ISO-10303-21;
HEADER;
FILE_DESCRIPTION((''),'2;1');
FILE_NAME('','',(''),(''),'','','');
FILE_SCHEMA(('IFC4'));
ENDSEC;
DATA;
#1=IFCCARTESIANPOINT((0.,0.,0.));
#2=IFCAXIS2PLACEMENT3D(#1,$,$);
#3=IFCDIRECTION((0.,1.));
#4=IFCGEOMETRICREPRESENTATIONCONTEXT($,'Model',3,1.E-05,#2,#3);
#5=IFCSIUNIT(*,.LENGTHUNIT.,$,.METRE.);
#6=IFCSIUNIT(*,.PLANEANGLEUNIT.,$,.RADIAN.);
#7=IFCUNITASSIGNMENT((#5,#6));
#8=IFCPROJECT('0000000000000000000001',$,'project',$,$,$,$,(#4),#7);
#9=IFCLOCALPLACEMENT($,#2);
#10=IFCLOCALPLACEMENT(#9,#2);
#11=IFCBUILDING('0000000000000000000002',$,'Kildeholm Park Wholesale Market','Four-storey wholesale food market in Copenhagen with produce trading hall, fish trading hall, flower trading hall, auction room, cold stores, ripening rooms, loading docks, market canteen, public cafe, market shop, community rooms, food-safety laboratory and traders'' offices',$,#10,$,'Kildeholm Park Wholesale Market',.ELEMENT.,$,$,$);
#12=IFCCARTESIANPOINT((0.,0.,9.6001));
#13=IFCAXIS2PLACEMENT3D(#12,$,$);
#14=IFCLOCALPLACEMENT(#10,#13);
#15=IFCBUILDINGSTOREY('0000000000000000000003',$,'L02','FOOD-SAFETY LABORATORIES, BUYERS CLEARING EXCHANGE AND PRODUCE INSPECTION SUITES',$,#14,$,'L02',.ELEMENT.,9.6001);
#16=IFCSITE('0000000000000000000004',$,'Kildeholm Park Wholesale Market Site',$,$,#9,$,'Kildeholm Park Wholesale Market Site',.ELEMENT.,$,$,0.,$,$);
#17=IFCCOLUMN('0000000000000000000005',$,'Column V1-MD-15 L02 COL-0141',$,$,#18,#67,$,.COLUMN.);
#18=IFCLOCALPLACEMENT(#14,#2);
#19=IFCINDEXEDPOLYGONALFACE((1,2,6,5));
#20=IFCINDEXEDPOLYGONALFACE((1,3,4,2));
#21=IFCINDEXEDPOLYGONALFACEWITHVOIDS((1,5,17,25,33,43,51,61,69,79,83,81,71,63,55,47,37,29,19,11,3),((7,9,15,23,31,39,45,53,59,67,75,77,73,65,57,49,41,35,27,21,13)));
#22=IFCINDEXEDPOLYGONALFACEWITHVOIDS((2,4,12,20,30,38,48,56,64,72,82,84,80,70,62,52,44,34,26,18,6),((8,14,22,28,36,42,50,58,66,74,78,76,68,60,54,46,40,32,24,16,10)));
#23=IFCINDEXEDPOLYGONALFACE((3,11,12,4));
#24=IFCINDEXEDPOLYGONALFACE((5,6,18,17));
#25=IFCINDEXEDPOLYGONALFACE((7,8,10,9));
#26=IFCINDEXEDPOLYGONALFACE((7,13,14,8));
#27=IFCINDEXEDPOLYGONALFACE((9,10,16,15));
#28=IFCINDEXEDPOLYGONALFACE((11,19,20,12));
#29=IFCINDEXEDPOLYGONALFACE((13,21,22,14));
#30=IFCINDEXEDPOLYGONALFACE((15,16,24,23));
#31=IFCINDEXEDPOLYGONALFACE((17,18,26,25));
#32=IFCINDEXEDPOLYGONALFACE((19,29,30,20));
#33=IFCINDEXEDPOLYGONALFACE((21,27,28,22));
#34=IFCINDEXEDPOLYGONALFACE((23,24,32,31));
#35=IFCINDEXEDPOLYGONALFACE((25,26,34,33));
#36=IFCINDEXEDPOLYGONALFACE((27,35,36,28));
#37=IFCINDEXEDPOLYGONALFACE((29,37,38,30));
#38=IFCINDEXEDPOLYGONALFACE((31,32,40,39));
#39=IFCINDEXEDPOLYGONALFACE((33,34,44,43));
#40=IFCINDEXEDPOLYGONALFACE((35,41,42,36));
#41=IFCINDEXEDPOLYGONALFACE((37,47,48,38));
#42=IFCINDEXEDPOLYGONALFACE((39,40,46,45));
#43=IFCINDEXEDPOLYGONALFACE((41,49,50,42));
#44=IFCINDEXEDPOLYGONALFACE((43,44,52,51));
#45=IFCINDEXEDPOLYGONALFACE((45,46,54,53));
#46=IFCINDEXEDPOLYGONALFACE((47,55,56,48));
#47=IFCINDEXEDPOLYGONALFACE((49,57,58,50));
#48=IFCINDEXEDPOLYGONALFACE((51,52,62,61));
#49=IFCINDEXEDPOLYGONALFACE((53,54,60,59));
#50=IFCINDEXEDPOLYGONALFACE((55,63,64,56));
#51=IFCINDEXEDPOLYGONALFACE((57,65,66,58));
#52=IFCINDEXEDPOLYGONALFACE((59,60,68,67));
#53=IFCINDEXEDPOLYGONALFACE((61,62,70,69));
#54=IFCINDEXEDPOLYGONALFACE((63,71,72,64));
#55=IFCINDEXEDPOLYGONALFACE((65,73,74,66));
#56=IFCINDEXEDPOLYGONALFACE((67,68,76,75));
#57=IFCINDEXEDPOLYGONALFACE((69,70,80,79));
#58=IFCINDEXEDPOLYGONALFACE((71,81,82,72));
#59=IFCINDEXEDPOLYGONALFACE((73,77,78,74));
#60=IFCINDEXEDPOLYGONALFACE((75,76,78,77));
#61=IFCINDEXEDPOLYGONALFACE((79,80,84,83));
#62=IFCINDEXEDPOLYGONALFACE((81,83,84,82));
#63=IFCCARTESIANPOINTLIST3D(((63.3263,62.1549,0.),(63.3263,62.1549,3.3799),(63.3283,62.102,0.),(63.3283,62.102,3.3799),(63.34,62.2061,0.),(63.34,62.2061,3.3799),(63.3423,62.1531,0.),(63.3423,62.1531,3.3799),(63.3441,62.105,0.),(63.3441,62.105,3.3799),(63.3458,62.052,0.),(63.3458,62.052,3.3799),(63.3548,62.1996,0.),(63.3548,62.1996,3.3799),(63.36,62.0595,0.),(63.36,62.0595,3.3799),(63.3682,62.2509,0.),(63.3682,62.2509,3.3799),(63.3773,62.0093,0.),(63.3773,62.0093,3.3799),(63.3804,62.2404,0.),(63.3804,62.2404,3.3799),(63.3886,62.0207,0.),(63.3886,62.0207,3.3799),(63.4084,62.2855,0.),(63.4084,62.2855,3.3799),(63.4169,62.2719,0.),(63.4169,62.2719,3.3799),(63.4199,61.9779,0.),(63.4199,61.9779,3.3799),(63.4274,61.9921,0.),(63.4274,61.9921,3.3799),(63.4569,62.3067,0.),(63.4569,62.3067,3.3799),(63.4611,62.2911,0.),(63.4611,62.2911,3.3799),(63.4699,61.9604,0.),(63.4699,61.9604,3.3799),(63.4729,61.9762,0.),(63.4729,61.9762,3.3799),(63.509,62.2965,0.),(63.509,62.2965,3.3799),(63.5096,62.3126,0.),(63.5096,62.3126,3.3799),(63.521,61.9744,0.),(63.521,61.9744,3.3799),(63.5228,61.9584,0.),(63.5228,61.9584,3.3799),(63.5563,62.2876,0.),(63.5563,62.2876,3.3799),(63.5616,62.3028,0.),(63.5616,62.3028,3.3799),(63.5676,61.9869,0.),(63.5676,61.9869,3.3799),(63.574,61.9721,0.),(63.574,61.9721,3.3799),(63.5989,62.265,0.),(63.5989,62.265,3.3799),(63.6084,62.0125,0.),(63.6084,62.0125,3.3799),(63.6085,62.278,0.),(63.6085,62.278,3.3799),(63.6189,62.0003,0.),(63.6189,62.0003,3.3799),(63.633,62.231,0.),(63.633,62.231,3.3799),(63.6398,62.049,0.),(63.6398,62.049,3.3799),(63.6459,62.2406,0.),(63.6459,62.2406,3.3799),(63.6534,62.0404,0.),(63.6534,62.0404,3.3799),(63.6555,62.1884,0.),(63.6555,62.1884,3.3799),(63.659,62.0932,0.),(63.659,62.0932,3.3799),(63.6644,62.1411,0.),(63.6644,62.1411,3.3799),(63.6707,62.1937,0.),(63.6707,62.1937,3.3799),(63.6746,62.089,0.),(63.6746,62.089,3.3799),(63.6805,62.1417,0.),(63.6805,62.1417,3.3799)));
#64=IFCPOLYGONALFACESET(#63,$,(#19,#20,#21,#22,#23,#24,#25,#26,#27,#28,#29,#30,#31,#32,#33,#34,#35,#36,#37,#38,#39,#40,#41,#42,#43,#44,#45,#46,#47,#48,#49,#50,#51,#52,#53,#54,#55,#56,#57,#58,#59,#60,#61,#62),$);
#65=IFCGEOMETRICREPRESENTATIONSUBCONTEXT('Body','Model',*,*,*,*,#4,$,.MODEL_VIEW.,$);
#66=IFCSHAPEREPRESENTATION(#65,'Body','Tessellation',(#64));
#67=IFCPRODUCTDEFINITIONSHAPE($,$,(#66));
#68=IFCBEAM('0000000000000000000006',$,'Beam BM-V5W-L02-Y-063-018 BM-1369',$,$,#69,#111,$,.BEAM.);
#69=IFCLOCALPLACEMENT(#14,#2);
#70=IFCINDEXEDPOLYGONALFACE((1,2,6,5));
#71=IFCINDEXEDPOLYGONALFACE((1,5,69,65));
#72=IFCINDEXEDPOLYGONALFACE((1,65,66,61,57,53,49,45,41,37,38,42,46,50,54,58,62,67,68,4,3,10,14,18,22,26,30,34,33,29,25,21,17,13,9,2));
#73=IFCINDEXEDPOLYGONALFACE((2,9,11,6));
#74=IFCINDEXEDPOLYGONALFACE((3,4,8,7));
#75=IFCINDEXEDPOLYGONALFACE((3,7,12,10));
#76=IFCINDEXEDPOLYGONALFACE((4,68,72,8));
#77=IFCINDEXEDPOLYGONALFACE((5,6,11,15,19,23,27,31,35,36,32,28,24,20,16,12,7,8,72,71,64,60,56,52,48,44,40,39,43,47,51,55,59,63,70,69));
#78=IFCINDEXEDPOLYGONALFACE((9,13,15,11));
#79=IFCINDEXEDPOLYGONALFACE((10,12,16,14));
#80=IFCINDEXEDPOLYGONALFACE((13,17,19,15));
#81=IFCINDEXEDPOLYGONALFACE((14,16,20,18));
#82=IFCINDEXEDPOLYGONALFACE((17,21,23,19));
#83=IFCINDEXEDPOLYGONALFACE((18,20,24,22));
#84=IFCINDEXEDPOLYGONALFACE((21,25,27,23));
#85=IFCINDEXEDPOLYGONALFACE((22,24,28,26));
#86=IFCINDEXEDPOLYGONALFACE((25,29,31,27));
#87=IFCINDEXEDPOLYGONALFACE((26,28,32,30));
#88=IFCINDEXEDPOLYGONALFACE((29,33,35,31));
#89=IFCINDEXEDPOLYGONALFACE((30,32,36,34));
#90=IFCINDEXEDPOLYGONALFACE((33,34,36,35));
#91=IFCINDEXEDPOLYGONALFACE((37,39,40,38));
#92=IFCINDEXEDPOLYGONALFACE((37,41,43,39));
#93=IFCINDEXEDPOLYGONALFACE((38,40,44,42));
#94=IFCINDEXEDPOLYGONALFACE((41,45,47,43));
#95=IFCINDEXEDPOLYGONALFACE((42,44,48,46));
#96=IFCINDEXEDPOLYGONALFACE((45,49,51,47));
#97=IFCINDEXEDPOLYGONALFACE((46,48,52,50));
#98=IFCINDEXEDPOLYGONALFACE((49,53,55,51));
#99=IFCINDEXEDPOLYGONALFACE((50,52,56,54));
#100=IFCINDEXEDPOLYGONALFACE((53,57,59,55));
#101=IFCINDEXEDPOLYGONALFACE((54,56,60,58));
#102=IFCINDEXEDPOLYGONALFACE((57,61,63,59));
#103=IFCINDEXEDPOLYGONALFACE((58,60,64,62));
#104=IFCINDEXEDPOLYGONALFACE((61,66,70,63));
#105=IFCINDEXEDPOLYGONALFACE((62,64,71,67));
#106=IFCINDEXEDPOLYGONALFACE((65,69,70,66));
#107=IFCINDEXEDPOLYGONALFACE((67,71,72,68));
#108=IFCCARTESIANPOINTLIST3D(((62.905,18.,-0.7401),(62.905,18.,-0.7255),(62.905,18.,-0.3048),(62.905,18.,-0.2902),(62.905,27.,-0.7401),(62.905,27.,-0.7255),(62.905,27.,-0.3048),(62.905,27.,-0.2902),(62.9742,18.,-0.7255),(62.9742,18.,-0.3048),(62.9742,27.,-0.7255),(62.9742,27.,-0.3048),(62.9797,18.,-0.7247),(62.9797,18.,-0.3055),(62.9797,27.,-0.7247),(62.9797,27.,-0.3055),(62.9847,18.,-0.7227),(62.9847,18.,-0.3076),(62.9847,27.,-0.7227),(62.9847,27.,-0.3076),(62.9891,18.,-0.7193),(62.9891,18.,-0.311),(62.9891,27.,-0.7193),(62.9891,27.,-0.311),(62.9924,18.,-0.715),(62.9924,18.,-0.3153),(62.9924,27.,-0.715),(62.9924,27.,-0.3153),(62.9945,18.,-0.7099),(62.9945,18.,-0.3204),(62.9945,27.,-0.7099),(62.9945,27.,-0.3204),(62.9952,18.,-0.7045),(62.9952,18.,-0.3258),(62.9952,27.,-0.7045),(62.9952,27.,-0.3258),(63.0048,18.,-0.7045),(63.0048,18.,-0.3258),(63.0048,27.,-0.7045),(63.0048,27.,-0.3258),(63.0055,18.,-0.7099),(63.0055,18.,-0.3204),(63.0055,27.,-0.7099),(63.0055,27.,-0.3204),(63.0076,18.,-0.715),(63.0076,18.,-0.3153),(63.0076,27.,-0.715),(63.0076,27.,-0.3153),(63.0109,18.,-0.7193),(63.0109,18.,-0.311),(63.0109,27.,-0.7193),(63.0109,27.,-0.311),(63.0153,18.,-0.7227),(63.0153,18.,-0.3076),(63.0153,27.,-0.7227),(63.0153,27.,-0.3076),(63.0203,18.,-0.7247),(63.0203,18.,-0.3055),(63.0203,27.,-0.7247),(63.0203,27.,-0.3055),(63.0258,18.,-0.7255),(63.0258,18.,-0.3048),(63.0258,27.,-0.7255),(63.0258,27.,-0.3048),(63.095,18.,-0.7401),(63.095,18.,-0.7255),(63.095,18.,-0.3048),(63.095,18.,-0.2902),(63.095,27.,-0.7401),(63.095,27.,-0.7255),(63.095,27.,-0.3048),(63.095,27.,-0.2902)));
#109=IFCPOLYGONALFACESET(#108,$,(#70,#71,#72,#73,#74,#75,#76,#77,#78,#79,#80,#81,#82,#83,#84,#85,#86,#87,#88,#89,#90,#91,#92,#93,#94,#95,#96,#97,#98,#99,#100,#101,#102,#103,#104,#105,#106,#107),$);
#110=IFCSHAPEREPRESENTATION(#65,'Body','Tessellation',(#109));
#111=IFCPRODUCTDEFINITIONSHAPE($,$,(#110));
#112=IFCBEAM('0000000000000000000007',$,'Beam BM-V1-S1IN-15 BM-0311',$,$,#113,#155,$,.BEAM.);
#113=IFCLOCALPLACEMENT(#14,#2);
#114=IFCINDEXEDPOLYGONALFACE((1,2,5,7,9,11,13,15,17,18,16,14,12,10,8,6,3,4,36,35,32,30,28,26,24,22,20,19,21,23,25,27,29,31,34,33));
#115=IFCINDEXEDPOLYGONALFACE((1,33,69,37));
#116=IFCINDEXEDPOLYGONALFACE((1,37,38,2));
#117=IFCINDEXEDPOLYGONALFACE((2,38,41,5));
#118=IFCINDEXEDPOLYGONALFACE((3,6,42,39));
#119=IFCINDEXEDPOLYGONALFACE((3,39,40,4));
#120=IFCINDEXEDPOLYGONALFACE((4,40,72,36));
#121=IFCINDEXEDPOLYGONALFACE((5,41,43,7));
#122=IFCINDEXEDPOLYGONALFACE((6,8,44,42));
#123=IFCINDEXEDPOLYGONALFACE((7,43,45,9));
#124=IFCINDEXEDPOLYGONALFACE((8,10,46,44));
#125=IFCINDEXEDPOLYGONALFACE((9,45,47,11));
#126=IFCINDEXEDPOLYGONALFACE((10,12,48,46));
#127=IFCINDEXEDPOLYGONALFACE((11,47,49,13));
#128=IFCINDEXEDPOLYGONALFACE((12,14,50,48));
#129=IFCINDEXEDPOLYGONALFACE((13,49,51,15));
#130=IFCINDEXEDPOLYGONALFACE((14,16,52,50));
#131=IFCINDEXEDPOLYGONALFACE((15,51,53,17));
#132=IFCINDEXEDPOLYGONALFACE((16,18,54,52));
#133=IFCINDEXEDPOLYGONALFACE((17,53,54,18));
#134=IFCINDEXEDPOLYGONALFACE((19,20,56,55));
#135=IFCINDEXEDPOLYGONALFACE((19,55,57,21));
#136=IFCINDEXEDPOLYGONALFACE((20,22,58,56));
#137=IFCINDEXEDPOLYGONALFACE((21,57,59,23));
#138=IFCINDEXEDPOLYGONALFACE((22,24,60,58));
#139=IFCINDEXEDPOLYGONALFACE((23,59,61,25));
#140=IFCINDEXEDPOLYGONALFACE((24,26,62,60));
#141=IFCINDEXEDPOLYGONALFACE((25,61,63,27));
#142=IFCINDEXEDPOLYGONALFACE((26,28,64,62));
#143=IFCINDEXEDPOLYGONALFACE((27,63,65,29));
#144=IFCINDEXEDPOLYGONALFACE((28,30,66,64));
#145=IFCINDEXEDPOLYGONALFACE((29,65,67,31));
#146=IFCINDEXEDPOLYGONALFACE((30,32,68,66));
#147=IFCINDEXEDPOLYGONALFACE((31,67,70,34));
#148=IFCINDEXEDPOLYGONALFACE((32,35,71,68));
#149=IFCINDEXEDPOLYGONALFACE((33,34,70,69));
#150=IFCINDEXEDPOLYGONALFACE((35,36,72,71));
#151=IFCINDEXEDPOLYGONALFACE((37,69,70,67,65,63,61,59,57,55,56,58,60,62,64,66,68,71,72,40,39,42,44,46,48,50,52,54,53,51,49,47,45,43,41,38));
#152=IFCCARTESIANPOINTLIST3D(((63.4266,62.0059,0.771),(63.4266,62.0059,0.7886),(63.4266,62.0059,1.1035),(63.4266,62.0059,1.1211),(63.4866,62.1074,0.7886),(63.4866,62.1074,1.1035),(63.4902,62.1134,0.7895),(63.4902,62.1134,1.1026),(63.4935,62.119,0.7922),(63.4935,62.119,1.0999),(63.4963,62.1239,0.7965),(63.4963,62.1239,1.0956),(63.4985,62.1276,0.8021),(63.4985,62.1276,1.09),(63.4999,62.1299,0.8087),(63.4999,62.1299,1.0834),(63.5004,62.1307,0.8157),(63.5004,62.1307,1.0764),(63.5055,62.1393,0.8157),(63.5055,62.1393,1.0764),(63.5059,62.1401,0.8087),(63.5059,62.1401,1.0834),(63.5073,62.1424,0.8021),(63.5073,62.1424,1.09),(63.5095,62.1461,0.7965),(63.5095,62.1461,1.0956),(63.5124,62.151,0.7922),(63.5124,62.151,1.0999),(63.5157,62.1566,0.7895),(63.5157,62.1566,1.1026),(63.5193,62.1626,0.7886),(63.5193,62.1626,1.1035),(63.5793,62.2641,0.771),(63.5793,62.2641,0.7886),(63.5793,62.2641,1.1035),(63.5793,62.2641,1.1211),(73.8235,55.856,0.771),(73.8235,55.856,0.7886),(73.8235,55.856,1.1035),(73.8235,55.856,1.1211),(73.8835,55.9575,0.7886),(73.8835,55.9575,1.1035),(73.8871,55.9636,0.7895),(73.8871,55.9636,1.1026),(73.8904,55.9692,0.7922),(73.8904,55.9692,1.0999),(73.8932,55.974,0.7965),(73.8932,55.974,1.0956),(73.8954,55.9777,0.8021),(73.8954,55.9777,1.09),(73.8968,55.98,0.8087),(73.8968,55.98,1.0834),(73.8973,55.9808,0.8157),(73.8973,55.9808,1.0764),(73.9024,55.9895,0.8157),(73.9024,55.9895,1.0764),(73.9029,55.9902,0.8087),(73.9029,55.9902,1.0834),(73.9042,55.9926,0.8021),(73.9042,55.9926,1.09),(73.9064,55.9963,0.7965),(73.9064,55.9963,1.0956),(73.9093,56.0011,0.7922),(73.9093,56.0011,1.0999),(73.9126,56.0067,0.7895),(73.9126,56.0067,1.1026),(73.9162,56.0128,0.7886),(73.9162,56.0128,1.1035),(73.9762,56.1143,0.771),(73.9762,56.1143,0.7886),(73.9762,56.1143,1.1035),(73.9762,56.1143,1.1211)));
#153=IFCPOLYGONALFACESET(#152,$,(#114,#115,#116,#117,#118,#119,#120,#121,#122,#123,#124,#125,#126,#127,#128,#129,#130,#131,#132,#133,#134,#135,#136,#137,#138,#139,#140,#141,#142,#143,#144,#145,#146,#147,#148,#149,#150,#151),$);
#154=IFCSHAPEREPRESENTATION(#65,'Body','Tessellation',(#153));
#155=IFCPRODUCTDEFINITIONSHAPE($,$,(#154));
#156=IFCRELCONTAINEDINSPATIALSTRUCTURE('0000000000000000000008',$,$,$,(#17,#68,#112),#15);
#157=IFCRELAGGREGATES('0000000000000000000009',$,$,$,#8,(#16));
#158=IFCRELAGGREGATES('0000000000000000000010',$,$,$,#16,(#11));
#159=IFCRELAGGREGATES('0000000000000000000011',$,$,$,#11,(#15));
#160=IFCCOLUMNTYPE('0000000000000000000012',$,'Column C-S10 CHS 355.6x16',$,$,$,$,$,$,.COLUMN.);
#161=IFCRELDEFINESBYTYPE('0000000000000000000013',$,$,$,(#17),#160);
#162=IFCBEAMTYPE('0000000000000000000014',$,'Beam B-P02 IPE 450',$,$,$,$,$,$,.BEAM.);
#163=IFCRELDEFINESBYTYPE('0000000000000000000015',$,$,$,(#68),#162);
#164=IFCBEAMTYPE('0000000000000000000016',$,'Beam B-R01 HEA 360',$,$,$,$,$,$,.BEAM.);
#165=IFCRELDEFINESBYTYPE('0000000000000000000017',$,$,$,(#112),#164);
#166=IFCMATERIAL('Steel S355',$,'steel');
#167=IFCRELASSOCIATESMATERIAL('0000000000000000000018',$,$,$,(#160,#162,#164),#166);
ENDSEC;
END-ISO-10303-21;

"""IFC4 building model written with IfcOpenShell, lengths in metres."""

from ifc_helpers import new_model, si_unit, direction, frame, origin, origin_2d, place, context, subcontext, project, spatial, hollow_circle, i_section, extrude, material, material_profile, profile_set, type_object, element, save


model = new_model("IFC4")

# Units and contexts
model_context = context("Model", 3, precision=1e-05, world=origin(), true_north=direction((0.0, 1.0)))
body_context = subcontext(model_context, "Body", "Model", "MODEL_VIEW")
ifc_project = project(units=[si_unit("LENGTHUNIT", "METRE"), si_unit("PLANEANGLEUNIT", "RADIAN")], contexts=[model_context])

# Site, building, storey
site_placement = place(None, origin())
site = spatial("IfcSite", under=ifc_project, at=site_placement, Name="Kildeholm Park Wholesale Market Site", LongName="Kildeholm Park Wholesale Market Site", CompositionType="ELEMENT", RefElevation=0.0)
building_placement = place(site_placement, origin())
building = spatial("IfcBuilding", under=site, at=building_placement, Name="Kildeholm Park Wholesale Market", Description="Four-storey wholesale food market in Copenhagen with produce trading hall, fish trading hall, flower trading hall, auction room, cold stores, ripening rooms, loading docks, market canteen, public cafe, market shop, community rooms, food-safety laboratory and traders' offices", LongName="Kildeholm Park Wholesale Market", CompositionType="ELEMENT")
storey_placement = place(building_placement, frame((0.0, 0.0, 9.6001)))
storey = spatial("IfcBuildingStorey", under=building, at=storey_placement, Name="L02", Description="FOOD-SAFETY LABORATORIES, BUYERS CLEARING EXCHANGE AND PRODUCE INSPECTION SUITES", LongName="L02", CompositionType="ELEMENT", Elevation=9.6001)

# Column
ifc_material_1 = material(Name="Steel S355", Category="steel")
ifc_material_profile_1 = material_profile(ifc_material_1, hollow_circle(Radius=0.1777, WallThickness=0.0161, at=origin_2d()), Name="CHS 355.6x16")
ifc_profile_set_1 = profile_set([ifc_material_profile_1], Name="Steel S355")
column_type = type_object("IfcColumnType", Name="Column C-S10 CHS 355.6x16", PredefinedType="COLUMN", material=ifc_profile_set_1)
column_placement = place(storey_placement, frame((63.5029, 62.135, 0.0), z_axis=(0.0, 0.0, 1.0), x_axis=(-0.707107, -0.707107, 0.0)))
element("IfcColumn", 1, at=column_placement, inside=storey, type_object=column_type, Name="Column V1-MD-15 L02 COL-0141", PredefinedType="COLUMN", context=body_context, shape_type="SweptSolid", body=[
    extrude(hollow_circle(Radius=0.1777, WallThickness=0.0161, at=origin_2d()), origin(), (0.0, 0.0, 1.0), 3.3799),
])

# Beams
ifc_material_profile_2 = material_profile(ifc_material_1, i_section(OverallWidth=0.1899, OverallDepth=0.45, WebThickness=0.0095, FlangeThickness=0.0146, FilletRadius=0.021, at=origin_2d()), Name="IPE 450")
ifc_profile_set_2 = profile_set([ifc_material_profile_2], Name="Steel S355")
beam_type_1 = type_object("IfcBeamType", Name="Beam B-P02 IPE 450", PredefinedType="BEAM", material=ifc_profile_set_2)
beam_1_placement = place(storey_placement, frame((63.0, 18.0, -0.5151), z_axis=(0.0, 1.0, 0.0), x_axis=(-1.0, 0.0, 0.0)))
element("IfcBeam", 2, at=beam_1_placement, inside=storey, type_object=beam_type_1, Name="Beam BM-V5W-L02-Y-063-018 BM-1369", PredefinedType="BEAM", context=body_context, shape_type="SweptSolid", body=[
    extrude(i_section(OverallWidth=0.1899, OverallDepth=0.45, WebThickness=0.0095, FlangeThickness=0.0146, FilletRadius=0.021, at=origin_2d()), origin(), (0.0, 0.0, 1.0), 9.0),
])
ifc_material_profile_3 = material_profile(ifc_material_1, i_section(OverallWidth=0.3, OverallDepth=0.3501, WebThickness=0.01, FlangeThickness=0.0176, FilletRadius=0.0271, at=origin_2d()), Name="HEA 360")
ifc_profile_set_3 = profile_set([ifc_material_profile_3], Name="Steel S355")
beam_type_2 = type_object("IfcBeamType", Name="Beam B-R01 HEA 360", PredefinedType="BEAM", material=ifc_profile_set_3)
beam_2_placement = place(storey_placement, frame((63.5029, 62.135, 0.946), z_axis=(0.8607, -0.509112, 0.0), x_axis=(0.509112, 0.8607, 0.0)))
element("IfcBeam", 3, at=beam_2_placement, inside=storey, type_object=beam_type_2, Name="Beam BM-V1-S1IN-15 BM-0311", PredefinedType="BEAM", context=body_context, shape_type="SweptSolid", body=[
    extrude(i_section(OverallWidth=0.3, OverallDepth=0.3501, WebThickness=0.01, FlangeThickness=0.0176, FilletRadius=0.0271, at=origin_2d()), origin(), (0.0, 0.0, 1.0), 12.0796),
])

save(model, "model.ifc")
